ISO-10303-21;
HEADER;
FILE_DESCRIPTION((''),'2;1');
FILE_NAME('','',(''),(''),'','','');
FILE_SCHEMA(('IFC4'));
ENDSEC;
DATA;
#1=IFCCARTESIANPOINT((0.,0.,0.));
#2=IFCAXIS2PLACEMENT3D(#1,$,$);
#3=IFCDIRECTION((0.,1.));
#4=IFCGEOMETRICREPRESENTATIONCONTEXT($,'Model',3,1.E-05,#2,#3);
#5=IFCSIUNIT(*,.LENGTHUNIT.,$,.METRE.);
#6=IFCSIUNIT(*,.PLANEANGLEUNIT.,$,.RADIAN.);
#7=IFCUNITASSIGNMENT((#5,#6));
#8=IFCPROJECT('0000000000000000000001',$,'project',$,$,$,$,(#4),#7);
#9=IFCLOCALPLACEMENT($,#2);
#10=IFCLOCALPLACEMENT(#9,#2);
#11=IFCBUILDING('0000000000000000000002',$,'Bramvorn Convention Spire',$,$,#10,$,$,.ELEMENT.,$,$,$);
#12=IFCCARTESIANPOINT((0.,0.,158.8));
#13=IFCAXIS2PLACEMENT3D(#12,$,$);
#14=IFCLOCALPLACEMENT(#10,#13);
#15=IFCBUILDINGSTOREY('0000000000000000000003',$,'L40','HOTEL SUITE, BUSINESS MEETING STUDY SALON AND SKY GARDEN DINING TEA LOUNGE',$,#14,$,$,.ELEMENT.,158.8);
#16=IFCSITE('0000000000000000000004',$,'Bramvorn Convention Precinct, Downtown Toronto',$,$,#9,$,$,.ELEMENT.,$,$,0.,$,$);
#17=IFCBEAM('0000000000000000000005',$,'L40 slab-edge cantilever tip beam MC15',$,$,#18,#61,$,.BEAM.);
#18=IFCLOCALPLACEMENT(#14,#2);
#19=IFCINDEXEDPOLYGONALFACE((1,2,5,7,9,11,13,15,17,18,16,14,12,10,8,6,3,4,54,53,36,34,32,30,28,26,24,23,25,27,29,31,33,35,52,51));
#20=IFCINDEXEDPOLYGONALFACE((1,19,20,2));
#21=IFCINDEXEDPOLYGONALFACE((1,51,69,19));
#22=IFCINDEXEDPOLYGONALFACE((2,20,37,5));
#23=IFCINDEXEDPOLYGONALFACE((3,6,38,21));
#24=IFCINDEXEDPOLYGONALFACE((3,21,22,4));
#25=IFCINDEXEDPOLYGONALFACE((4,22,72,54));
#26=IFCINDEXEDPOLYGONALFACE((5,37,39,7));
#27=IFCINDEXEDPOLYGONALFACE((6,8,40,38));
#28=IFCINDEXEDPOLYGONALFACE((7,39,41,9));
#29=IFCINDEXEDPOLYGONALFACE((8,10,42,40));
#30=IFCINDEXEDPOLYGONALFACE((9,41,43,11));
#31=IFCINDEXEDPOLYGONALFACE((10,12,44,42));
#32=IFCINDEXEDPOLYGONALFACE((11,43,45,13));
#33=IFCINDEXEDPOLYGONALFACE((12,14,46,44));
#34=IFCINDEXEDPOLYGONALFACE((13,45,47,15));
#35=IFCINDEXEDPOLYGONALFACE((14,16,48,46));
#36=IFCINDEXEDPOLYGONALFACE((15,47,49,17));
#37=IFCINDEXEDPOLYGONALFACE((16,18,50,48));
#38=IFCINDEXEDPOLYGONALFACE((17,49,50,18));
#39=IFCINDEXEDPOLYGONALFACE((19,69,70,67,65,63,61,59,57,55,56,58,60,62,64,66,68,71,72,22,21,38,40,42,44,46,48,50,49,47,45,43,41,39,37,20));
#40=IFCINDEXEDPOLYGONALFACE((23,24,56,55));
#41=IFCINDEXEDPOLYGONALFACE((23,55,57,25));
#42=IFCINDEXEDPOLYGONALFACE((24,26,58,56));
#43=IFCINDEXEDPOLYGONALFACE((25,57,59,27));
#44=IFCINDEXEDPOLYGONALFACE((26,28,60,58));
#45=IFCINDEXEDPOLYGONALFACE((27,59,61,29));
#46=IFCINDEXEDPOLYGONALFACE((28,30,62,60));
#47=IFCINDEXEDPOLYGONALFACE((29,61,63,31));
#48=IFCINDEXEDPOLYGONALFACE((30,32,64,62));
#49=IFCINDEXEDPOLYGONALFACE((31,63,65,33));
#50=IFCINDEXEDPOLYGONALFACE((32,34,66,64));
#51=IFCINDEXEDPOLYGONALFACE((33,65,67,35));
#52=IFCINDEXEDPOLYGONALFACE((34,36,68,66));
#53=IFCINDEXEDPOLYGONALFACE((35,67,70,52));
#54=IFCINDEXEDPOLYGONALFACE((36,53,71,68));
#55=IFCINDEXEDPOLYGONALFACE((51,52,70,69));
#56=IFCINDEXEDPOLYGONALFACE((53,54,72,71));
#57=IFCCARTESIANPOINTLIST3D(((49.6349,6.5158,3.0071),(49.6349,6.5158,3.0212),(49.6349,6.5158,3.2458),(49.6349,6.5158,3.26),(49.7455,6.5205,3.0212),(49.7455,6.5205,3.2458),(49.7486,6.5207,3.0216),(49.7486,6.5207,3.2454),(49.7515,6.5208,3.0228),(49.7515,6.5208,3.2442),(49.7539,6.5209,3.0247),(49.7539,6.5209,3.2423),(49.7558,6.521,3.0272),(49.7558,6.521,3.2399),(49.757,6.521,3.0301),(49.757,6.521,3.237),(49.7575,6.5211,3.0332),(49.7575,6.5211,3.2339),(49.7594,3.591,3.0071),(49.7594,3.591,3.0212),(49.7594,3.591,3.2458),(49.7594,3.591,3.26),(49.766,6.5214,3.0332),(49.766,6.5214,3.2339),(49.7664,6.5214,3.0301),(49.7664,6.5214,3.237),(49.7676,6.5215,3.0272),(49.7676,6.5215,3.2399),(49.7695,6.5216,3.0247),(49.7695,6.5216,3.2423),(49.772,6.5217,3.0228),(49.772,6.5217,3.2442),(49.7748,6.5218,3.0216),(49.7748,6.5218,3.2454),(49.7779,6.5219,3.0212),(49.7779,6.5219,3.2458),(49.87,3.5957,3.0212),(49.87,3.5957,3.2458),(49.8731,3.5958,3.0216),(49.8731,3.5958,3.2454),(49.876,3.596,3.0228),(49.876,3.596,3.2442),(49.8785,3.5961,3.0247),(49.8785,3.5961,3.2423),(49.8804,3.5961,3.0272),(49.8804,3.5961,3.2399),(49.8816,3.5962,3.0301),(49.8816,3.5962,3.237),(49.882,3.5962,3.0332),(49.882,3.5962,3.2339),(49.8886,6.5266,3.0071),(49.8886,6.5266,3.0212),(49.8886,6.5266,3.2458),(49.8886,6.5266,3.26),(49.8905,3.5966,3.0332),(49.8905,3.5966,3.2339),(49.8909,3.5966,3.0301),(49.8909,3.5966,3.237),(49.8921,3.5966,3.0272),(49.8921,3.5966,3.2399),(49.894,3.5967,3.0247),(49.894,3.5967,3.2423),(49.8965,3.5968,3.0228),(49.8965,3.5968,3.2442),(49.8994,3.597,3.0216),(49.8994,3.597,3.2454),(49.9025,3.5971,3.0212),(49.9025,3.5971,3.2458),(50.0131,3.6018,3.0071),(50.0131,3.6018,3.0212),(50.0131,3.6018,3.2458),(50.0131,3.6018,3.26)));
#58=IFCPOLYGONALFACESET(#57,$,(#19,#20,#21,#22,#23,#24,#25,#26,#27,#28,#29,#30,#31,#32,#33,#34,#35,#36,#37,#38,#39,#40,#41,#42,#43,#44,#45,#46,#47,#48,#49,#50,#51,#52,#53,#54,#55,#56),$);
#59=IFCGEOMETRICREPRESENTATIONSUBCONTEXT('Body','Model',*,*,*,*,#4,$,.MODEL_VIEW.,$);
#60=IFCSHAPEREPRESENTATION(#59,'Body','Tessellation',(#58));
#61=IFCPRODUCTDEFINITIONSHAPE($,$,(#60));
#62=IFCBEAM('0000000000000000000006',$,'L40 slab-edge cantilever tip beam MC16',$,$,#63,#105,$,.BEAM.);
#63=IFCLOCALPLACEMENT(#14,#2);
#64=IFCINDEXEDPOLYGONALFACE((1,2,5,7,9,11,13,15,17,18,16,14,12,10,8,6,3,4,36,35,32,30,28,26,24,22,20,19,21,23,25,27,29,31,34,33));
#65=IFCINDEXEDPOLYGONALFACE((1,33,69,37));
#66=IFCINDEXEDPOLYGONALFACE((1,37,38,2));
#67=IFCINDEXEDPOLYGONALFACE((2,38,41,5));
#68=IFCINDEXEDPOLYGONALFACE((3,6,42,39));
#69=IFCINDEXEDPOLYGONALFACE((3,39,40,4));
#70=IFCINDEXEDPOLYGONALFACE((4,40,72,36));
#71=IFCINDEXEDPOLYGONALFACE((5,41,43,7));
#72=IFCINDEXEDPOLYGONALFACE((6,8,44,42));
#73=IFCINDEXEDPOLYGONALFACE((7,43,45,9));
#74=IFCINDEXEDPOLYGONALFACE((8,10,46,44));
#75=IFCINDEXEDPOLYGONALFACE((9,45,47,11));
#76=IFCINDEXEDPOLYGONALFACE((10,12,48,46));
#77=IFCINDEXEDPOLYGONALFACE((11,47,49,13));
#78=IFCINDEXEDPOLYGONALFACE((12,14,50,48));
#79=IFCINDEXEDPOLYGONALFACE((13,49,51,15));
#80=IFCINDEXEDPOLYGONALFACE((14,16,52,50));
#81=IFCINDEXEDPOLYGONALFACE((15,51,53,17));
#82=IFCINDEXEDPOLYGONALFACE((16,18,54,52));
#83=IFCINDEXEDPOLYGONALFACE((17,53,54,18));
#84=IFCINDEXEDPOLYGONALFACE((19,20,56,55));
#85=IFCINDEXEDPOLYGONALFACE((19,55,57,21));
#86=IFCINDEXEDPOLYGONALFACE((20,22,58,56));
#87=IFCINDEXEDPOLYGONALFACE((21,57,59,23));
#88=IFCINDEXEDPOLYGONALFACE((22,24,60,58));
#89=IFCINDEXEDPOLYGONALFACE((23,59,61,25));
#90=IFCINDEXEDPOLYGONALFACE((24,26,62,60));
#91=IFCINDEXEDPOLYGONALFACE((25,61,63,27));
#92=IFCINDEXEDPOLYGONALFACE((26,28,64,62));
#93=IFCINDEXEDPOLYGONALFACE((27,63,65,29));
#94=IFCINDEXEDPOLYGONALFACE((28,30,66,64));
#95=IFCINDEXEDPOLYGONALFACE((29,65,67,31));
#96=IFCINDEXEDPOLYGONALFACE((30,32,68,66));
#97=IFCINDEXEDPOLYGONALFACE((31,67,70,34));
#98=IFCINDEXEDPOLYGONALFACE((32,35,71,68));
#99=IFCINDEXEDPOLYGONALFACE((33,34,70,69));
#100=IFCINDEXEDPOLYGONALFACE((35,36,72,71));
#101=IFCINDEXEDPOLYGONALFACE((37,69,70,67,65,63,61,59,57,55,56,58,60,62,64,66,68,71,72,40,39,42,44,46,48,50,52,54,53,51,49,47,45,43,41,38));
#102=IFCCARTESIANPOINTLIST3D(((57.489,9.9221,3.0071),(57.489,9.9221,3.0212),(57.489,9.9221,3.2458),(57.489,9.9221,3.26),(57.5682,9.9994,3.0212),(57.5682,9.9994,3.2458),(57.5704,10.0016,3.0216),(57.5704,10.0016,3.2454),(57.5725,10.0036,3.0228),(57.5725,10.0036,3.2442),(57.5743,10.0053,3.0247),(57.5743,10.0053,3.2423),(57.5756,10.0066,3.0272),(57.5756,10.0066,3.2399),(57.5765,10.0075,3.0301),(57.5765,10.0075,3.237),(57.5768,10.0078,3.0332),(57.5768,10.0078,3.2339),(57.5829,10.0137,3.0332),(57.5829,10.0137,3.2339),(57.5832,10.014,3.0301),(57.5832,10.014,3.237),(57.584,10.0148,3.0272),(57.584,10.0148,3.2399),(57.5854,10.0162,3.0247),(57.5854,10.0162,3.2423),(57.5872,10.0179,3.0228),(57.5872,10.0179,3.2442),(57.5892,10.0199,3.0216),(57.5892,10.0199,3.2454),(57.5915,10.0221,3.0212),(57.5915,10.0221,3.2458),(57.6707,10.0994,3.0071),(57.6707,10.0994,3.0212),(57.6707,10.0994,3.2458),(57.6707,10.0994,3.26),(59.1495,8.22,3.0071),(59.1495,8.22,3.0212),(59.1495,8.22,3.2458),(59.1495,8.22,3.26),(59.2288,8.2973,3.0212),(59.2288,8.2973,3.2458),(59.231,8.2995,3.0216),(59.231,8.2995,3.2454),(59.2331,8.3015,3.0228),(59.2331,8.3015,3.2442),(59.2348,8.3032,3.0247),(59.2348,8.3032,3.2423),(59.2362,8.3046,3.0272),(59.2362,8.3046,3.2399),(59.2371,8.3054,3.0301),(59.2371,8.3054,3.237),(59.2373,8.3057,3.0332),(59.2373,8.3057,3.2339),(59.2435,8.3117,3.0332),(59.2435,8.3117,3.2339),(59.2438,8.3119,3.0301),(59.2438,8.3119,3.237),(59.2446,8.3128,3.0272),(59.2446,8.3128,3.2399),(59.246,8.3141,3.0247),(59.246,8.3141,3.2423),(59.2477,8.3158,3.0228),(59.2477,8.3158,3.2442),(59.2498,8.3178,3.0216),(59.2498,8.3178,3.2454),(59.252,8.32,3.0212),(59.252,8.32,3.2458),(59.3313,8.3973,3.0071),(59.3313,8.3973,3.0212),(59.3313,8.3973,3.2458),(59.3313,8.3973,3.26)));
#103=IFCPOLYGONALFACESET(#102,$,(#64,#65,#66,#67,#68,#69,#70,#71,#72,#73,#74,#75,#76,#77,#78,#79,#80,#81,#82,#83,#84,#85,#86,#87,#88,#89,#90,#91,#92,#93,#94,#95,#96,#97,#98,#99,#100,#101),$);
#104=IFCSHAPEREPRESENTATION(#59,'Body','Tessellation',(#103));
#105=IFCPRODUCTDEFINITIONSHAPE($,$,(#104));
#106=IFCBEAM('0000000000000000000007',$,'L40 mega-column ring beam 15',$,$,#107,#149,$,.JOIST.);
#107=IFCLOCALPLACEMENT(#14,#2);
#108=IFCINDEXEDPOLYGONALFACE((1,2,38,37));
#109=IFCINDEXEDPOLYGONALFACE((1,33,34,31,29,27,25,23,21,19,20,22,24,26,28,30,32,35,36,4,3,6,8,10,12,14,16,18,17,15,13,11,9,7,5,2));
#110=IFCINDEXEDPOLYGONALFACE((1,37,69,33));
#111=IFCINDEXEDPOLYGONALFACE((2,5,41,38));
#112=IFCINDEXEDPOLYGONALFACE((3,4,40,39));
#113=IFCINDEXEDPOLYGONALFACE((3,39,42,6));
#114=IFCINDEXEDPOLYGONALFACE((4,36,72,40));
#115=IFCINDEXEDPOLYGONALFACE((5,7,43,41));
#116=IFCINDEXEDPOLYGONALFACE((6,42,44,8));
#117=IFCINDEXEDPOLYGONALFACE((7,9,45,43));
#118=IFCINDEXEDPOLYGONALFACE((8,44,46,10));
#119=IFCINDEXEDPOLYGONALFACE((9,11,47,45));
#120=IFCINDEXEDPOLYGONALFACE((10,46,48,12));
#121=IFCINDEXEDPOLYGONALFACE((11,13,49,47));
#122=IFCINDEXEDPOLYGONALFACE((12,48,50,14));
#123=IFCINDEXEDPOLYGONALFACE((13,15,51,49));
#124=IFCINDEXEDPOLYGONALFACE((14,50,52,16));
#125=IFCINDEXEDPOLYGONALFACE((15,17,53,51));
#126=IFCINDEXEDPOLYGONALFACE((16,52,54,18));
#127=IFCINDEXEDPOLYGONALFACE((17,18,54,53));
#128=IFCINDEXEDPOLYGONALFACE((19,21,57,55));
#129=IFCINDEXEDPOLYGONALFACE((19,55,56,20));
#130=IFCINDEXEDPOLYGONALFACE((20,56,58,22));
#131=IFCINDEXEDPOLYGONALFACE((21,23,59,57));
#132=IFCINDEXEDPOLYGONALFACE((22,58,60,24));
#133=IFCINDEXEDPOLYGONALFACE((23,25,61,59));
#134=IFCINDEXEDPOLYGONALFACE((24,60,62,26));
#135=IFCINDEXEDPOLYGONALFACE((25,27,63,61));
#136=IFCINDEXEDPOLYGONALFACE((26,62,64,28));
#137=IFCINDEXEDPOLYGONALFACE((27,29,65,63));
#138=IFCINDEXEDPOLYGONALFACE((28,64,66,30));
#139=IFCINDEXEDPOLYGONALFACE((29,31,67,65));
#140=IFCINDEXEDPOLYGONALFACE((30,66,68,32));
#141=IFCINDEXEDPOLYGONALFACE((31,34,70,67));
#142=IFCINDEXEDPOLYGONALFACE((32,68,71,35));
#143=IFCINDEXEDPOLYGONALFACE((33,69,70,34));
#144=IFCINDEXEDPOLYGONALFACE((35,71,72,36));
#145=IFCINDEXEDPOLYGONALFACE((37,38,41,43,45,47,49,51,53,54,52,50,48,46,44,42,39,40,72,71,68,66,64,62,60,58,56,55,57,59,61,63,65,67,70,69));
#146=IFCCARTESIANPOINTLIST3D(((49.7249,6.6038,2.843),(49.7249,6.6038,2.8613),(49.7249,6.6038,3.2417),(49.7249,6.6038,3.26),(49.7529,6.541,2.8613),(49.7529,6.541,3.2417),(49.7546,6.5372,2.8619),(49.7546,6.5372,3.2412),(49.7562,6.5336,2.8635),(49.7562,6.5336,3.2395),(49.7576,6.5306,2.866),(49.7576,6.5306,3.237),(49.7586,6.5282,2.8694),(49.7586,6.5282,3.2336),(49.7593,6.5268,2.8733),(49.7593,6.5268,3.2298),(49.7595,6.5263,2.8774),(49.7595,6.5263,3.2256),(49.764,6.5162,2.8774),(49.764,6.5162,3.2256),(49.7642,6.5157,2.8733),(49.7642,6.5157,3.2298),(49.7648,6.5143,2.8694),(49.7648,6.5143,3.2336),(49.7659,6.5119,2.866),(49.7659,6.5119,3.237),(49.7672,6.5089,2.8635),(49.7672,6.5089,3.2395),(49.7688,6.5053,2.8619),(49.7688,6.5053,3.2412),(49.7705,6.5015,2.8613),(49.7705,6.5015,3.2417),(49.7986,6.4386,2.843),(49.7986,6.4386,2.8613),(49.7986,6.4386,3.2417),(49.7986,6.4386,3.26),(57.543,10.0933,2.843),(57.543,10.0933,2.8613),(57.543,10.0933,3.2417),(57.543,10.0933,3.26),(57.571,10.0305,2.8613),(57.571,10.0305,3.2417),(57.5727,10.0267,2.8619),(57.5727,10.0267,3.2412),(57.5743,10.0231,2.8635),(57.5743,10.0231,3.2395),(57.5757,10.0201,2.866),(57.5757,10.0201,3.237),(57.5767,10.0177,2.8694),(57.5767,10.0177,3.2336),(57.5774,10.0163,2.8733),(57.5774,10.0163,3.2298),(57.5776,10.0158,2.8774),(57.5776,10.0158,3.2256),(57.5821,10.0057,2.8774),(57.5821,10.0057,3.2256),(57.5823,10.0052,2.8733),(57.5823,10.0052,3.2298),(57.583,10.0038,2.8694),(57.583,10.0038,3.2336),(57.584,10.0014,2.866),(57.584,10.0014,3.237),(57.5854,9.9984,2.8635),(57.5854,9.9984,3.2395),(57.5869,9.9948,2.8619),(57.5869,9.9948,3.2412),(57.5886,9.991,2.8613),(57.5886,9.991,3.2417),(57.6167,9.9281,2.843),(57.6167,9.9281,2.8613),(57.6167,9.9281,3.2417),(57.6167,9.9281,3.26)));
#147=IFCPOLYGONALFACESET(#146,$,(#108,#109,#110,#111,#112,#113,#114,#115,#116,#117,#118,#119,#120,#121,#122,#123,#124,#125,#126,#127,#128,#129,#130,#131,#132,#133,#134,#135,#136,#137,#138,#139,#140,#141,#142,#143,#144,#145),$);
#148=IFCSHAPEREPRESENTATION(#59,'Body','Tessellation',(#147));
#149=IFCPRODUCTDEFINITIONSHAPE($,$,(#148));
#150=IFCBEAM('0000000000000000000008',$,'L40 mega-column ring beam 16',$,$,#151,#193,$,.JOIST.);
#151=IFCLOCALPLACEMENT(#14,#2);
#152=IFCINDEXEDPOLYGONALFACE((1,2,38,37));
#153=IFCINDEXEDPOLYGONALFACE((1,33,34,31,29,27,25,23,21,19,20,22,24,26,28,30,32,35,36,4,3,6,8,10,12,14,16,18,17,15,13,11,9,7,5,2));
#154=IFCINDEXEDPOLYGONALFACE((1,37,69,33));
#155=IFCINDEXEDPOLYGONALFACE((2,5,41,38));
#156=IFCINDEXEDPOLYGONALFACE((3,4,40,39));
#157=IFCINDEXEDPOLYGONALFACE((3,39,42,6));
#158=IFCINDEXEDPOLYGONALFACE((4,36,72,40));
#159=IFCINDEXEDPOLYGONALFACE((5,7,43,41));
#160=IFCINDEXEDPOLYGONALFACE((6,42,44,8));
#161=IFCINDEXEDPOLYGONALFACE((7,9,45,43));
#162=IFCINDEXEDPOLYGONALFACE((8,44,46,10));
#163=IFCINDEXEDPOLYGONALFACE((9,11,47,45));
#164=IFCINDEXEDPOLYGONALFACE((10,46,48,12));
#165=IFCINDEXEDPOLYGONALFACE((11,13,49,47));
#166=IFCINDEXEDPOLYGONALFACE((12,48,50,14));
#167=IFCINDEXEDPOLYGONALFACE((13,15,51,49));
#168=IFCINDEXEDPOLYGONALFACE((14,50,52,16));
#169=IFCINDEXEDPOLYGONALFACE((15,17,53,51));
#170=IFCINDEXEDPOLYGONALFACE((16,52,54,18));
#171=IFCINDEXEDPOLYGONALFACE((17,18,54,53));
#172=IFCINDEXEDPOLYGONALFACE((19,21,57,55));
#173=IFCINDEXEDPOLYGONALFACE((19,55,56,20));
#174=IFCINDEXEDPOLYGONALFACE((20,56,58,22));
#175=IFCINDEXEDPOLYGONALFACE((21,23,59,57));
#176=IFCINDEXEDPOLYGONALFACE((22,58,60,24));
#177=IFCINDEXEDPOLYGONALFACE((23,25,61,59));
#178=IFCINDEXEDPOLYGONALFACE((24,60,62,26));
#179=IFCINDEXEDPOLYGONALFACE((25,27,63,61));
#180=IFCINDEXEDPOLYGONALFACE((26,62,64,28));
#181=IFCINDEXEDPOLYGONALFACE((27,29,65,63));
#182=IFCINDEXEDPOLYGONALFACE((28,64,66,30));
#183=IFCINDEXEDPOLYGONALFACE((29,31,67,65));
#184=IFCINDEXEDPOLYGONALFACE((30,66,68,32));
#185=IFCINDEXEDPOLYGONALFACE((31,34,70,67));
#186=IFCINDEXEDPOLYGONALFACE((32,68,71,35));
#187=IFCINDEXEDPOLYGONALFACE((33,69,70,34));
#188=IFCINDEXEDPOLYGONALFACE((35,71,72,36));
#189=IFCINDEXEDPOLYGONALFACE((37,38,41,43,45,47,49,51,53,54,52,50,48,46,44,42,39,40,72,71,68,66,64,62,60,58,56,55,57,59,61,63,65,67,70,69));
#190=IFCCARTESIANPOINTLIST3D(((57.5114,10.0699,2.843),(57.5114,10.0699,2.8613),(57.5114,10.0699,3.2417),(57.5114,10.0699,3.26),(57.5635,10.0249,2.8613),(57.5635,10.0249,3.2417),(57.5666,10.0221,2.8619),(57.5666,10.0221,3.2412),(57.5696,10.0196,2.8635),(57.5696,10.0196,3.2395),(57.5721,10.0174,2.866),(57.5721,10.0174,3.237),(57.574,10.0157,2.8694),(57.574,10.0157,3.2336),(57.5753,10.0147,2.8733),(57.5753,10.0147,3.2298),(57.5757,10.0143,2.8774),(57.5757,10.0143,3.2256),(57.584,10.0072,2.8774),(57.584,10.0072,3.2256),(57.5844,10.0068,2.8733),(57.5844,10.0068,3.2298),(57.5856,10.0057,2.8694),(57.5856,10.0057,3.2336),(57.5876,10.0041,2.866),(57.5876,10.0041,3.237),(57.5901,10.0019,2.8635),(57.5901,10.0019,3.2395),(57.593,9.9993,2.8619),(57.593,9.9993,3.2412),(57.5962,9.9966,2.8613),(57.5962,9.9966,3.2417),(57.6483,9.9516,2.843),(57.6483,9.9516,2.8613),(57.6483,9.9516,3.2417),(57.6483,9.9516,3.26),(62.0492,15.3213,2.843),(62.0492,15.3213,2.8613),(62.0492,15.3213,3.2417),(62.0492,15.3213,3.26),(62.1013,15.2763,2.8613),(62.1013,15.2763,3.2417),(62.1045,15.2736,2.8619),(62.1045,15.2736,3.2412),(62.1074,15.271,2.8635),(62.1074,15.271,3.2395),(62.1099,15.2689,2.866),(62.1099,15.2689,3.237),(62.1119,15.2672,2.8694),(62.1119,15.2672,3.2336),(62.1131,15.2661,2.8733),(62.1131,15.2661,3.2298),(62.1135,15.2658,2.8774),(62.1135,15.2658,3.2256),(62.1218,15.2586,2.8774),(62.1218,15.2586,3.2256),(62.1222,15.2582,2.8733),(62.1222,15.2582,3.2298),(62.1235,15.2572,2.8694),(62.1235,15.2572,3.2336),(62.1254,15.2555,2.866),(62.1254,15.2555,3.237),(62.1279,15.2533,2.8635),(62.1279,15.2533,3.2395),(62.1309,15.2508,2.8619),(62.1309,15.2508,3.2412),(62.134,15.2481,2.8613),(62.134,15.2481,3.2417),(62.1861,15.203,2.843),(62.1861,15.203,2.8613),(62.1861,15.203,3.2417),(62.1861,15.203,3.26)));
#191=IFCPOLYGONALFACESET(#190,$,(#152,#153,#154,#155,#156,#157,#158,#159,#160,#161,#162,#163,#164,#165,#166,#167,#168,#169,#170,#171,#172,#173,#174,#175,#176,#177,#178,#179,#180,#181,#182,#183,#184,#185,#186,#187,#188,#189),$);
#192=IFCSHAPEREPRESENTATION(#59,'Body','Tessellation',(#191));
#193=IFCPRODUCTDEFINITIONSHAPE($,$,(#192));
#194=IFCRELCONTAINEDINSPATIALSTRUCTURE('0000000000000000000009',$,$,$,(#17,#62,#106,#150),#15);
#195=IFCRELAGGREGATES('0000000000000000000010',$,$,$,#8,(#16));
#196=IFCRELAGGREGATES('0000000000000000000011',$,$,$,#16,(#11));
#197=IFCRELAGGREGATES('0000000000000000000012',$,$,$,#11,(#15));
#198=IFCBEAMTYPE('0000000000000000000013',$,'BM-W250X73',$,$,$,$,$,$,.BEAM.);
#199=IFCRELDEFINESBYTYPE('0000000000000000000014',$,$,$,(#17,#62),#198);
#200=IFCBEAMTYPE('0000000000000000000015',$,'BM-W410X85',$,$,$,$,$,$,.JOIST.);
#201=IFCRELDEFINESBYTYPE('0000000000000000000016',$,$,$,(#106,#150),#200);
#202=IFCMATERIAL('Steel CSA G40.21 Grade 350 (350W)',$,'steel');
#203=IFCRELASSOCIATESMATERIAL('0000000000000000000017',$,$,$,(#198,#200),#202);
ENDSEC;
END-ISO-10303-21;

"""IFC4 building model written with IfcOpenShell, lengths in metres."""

from ifc_helpers import new_model, si_unit, direction, frame, origin, origin_2d, place, context, subcontext, project, spatial, i_section, extrude, material, material_profile, profile_set, type_object, element, save


model = new_model("IFC4")

# Units and contexts
model_context = context("Model", 3, precision=1e-05, world=origin(), true_north=direction((0.0, 1.0)))
body_context = subcontext(model_context, "Body", "Model", "MODEL_VIEW")
ifc_project = project(units=[si_unit("LENGTHUNIT", "METRE"), si_unit("PLANEANGLEUNIT", "RADIAN")], contexts=[model_context])

# Site, building, storey
site_placement = place(None, origin())
site = spatial("IfcSite", under=ifc_project, at=site_placement, Name="Bramvorn Convention Precinct, Downtown Toronto", CompositionType="ELEMENT", RefElevation=0.0)
building_placement = place(site_placement, origin())
building = spatial("IfcBuilding", under=site, at=building_placement, Name="Bramvorn Convention Spire", CompositionType="ELEMENT")
storey_placement = place(building_placement, frame((0.0, 0.0, 158.8)))
storey = spatial("IfcBuildingStorey", under=building, at=storey_placement, Name="L40", Description="HOTEL SUITE, BUSINESS MEETING STUDY SALON AND SKY GARDEN DINING TEA LOUNGE", CompositionType="ELEMENT", Elevation=158.8)

# Shared definitions
ifc_material_1 = material(Name="Steel CSA G40.21 Grade 350 (350W)", Category="steel")

# Beams
ifc_material_profile_1 = material_profile(ifc_material_1, i_section(OverallWidth=0.2539, OverallDepth=0.2529, WebThickness=0.0085, FlangeThickness=0.0142, FilletRadius=0.012, at=origin_2d()))
ifc_profile_set_1 = profile_set([ifc_material_profile_1], Name="Steel CSA G40.21 Grade 350 (350W) - W250X73")
beam_type_1 = type_object("IfcBeamType", Name="BM-W250X73", PredefinedType="BEAM", material=ifc_profile_set_1)
beam_1_placement = place(storey_placement, frame((49.7617, 6.5212, 3.1335), z_axis=(0.042532, -0.999095, 0.0), x_axis=(0.999095, 0.042532, 0.0)))
element("IfcBeam", 1, at=beam_1_placement, inside=storey, type_object=beam_type_1, Name="L40 slab-edge cantilever tip beam MC15", PredefinedType="BEAM", context=body_context, shape_type="SweptSolid", body=[
    extrude(i_section(OverallWidth=0.2539, OverallDepth=0.2529, WebThickness=0.0085, FlangeThickness=0.0142, FilletRadius=0.012, at=origin_2d()), origin(), (0.0, 0.0, 1.0), 2.9275),
])
beam_2_placement = place(storey_placement, frame((57.5798, 10.0107, 3.1335), z_axis=(0.698326, -0.715779, 0.0), x_axis=(0.715779, 0.698326, 0.0)))
element("IfcBeam", 2, at=beam_2_placement, inside=storey, type_object=beam_type_1, Name="L40 slab-edge cantilever tip beam MC16", PredefinedType="BEAM", context=body_context, shape_type="SweptSolid", body=[
    extrude(i_section(OverallWidth=0.2539, OverallDepth=0.2529, WebThickness=0.0085, FlangeThickness=0.0142, FilletRadius=0.012, at=origin_2d()), origin(), (0.0, 0.0, 1.0), 2.3779),
])
ifc_material_profile_2 = material_profile(ifc_material_1, i_section(OverallWidth=0.1809, OverallDepth=0.417, WebThickness=0.011, FlangeThickness=0.0183, FilletRadius=0.0161, at=origin_2d()))
ifc_profile_set_2 = profile_set([ifc_material_profile_2], Name="Steel CSA G40.21 Grade 350 (350W) - W410X85")
beam_type_2 = type_object("IfcBeamType", Name="BM-W410X85", PredefinedType="JOIST", material=ifc_profile_set_2)
beam_3_placement = place(storey_placement, frame((49.7617, 6.5212, 3.0515), z_axis=(0.91317, 0.40758, 0.0), x_axis=(-0.40758, 0.91317, 0.0)))
element("IfcBeam", 3, at=beam_3_placement, inside=storey, type_object=beam_type_2, Name="L40 mega-column ring beam 15", PredefinedType="JOIST", context=body_context, shape_type="SweptSolid", body=[
    extrude(i_section(OverallWidth=0.1809, OverallDepth=0.417, WebThickness=0.011, FlangeThickness=0.0183, FilletRadius=0.0161, at=origin_2d()), origin(), (0.0, 0.0, 1.0), 8.5615),
])
beam_4_placement = place(storey_placement, frame((57.5798, 10.0107, 3.0515), z_axis=(0.653825, 0.756646, 0.0), x_axis=(-0.756646, 0.653825, 0.0)))
element("IfcBeam", 4, at=beam_4_placement, inside=storey, type_object=beam_type_2, Name="L40 mega-column ring beam 16", PredefinedType="JOIST", context=body_context, shape_type="SweptSolid", body=[
    extrude(i_section(OverallWidth=0.1809, OverallDepth=0.417, WebThickness=0.011, FlangeThickness=0.0183, FilletRadius=0.0161, at=origin_2d()), origin(), (0.0, 0.0, 1.0), 6.9404),
])

save(model, "model.ifc")
